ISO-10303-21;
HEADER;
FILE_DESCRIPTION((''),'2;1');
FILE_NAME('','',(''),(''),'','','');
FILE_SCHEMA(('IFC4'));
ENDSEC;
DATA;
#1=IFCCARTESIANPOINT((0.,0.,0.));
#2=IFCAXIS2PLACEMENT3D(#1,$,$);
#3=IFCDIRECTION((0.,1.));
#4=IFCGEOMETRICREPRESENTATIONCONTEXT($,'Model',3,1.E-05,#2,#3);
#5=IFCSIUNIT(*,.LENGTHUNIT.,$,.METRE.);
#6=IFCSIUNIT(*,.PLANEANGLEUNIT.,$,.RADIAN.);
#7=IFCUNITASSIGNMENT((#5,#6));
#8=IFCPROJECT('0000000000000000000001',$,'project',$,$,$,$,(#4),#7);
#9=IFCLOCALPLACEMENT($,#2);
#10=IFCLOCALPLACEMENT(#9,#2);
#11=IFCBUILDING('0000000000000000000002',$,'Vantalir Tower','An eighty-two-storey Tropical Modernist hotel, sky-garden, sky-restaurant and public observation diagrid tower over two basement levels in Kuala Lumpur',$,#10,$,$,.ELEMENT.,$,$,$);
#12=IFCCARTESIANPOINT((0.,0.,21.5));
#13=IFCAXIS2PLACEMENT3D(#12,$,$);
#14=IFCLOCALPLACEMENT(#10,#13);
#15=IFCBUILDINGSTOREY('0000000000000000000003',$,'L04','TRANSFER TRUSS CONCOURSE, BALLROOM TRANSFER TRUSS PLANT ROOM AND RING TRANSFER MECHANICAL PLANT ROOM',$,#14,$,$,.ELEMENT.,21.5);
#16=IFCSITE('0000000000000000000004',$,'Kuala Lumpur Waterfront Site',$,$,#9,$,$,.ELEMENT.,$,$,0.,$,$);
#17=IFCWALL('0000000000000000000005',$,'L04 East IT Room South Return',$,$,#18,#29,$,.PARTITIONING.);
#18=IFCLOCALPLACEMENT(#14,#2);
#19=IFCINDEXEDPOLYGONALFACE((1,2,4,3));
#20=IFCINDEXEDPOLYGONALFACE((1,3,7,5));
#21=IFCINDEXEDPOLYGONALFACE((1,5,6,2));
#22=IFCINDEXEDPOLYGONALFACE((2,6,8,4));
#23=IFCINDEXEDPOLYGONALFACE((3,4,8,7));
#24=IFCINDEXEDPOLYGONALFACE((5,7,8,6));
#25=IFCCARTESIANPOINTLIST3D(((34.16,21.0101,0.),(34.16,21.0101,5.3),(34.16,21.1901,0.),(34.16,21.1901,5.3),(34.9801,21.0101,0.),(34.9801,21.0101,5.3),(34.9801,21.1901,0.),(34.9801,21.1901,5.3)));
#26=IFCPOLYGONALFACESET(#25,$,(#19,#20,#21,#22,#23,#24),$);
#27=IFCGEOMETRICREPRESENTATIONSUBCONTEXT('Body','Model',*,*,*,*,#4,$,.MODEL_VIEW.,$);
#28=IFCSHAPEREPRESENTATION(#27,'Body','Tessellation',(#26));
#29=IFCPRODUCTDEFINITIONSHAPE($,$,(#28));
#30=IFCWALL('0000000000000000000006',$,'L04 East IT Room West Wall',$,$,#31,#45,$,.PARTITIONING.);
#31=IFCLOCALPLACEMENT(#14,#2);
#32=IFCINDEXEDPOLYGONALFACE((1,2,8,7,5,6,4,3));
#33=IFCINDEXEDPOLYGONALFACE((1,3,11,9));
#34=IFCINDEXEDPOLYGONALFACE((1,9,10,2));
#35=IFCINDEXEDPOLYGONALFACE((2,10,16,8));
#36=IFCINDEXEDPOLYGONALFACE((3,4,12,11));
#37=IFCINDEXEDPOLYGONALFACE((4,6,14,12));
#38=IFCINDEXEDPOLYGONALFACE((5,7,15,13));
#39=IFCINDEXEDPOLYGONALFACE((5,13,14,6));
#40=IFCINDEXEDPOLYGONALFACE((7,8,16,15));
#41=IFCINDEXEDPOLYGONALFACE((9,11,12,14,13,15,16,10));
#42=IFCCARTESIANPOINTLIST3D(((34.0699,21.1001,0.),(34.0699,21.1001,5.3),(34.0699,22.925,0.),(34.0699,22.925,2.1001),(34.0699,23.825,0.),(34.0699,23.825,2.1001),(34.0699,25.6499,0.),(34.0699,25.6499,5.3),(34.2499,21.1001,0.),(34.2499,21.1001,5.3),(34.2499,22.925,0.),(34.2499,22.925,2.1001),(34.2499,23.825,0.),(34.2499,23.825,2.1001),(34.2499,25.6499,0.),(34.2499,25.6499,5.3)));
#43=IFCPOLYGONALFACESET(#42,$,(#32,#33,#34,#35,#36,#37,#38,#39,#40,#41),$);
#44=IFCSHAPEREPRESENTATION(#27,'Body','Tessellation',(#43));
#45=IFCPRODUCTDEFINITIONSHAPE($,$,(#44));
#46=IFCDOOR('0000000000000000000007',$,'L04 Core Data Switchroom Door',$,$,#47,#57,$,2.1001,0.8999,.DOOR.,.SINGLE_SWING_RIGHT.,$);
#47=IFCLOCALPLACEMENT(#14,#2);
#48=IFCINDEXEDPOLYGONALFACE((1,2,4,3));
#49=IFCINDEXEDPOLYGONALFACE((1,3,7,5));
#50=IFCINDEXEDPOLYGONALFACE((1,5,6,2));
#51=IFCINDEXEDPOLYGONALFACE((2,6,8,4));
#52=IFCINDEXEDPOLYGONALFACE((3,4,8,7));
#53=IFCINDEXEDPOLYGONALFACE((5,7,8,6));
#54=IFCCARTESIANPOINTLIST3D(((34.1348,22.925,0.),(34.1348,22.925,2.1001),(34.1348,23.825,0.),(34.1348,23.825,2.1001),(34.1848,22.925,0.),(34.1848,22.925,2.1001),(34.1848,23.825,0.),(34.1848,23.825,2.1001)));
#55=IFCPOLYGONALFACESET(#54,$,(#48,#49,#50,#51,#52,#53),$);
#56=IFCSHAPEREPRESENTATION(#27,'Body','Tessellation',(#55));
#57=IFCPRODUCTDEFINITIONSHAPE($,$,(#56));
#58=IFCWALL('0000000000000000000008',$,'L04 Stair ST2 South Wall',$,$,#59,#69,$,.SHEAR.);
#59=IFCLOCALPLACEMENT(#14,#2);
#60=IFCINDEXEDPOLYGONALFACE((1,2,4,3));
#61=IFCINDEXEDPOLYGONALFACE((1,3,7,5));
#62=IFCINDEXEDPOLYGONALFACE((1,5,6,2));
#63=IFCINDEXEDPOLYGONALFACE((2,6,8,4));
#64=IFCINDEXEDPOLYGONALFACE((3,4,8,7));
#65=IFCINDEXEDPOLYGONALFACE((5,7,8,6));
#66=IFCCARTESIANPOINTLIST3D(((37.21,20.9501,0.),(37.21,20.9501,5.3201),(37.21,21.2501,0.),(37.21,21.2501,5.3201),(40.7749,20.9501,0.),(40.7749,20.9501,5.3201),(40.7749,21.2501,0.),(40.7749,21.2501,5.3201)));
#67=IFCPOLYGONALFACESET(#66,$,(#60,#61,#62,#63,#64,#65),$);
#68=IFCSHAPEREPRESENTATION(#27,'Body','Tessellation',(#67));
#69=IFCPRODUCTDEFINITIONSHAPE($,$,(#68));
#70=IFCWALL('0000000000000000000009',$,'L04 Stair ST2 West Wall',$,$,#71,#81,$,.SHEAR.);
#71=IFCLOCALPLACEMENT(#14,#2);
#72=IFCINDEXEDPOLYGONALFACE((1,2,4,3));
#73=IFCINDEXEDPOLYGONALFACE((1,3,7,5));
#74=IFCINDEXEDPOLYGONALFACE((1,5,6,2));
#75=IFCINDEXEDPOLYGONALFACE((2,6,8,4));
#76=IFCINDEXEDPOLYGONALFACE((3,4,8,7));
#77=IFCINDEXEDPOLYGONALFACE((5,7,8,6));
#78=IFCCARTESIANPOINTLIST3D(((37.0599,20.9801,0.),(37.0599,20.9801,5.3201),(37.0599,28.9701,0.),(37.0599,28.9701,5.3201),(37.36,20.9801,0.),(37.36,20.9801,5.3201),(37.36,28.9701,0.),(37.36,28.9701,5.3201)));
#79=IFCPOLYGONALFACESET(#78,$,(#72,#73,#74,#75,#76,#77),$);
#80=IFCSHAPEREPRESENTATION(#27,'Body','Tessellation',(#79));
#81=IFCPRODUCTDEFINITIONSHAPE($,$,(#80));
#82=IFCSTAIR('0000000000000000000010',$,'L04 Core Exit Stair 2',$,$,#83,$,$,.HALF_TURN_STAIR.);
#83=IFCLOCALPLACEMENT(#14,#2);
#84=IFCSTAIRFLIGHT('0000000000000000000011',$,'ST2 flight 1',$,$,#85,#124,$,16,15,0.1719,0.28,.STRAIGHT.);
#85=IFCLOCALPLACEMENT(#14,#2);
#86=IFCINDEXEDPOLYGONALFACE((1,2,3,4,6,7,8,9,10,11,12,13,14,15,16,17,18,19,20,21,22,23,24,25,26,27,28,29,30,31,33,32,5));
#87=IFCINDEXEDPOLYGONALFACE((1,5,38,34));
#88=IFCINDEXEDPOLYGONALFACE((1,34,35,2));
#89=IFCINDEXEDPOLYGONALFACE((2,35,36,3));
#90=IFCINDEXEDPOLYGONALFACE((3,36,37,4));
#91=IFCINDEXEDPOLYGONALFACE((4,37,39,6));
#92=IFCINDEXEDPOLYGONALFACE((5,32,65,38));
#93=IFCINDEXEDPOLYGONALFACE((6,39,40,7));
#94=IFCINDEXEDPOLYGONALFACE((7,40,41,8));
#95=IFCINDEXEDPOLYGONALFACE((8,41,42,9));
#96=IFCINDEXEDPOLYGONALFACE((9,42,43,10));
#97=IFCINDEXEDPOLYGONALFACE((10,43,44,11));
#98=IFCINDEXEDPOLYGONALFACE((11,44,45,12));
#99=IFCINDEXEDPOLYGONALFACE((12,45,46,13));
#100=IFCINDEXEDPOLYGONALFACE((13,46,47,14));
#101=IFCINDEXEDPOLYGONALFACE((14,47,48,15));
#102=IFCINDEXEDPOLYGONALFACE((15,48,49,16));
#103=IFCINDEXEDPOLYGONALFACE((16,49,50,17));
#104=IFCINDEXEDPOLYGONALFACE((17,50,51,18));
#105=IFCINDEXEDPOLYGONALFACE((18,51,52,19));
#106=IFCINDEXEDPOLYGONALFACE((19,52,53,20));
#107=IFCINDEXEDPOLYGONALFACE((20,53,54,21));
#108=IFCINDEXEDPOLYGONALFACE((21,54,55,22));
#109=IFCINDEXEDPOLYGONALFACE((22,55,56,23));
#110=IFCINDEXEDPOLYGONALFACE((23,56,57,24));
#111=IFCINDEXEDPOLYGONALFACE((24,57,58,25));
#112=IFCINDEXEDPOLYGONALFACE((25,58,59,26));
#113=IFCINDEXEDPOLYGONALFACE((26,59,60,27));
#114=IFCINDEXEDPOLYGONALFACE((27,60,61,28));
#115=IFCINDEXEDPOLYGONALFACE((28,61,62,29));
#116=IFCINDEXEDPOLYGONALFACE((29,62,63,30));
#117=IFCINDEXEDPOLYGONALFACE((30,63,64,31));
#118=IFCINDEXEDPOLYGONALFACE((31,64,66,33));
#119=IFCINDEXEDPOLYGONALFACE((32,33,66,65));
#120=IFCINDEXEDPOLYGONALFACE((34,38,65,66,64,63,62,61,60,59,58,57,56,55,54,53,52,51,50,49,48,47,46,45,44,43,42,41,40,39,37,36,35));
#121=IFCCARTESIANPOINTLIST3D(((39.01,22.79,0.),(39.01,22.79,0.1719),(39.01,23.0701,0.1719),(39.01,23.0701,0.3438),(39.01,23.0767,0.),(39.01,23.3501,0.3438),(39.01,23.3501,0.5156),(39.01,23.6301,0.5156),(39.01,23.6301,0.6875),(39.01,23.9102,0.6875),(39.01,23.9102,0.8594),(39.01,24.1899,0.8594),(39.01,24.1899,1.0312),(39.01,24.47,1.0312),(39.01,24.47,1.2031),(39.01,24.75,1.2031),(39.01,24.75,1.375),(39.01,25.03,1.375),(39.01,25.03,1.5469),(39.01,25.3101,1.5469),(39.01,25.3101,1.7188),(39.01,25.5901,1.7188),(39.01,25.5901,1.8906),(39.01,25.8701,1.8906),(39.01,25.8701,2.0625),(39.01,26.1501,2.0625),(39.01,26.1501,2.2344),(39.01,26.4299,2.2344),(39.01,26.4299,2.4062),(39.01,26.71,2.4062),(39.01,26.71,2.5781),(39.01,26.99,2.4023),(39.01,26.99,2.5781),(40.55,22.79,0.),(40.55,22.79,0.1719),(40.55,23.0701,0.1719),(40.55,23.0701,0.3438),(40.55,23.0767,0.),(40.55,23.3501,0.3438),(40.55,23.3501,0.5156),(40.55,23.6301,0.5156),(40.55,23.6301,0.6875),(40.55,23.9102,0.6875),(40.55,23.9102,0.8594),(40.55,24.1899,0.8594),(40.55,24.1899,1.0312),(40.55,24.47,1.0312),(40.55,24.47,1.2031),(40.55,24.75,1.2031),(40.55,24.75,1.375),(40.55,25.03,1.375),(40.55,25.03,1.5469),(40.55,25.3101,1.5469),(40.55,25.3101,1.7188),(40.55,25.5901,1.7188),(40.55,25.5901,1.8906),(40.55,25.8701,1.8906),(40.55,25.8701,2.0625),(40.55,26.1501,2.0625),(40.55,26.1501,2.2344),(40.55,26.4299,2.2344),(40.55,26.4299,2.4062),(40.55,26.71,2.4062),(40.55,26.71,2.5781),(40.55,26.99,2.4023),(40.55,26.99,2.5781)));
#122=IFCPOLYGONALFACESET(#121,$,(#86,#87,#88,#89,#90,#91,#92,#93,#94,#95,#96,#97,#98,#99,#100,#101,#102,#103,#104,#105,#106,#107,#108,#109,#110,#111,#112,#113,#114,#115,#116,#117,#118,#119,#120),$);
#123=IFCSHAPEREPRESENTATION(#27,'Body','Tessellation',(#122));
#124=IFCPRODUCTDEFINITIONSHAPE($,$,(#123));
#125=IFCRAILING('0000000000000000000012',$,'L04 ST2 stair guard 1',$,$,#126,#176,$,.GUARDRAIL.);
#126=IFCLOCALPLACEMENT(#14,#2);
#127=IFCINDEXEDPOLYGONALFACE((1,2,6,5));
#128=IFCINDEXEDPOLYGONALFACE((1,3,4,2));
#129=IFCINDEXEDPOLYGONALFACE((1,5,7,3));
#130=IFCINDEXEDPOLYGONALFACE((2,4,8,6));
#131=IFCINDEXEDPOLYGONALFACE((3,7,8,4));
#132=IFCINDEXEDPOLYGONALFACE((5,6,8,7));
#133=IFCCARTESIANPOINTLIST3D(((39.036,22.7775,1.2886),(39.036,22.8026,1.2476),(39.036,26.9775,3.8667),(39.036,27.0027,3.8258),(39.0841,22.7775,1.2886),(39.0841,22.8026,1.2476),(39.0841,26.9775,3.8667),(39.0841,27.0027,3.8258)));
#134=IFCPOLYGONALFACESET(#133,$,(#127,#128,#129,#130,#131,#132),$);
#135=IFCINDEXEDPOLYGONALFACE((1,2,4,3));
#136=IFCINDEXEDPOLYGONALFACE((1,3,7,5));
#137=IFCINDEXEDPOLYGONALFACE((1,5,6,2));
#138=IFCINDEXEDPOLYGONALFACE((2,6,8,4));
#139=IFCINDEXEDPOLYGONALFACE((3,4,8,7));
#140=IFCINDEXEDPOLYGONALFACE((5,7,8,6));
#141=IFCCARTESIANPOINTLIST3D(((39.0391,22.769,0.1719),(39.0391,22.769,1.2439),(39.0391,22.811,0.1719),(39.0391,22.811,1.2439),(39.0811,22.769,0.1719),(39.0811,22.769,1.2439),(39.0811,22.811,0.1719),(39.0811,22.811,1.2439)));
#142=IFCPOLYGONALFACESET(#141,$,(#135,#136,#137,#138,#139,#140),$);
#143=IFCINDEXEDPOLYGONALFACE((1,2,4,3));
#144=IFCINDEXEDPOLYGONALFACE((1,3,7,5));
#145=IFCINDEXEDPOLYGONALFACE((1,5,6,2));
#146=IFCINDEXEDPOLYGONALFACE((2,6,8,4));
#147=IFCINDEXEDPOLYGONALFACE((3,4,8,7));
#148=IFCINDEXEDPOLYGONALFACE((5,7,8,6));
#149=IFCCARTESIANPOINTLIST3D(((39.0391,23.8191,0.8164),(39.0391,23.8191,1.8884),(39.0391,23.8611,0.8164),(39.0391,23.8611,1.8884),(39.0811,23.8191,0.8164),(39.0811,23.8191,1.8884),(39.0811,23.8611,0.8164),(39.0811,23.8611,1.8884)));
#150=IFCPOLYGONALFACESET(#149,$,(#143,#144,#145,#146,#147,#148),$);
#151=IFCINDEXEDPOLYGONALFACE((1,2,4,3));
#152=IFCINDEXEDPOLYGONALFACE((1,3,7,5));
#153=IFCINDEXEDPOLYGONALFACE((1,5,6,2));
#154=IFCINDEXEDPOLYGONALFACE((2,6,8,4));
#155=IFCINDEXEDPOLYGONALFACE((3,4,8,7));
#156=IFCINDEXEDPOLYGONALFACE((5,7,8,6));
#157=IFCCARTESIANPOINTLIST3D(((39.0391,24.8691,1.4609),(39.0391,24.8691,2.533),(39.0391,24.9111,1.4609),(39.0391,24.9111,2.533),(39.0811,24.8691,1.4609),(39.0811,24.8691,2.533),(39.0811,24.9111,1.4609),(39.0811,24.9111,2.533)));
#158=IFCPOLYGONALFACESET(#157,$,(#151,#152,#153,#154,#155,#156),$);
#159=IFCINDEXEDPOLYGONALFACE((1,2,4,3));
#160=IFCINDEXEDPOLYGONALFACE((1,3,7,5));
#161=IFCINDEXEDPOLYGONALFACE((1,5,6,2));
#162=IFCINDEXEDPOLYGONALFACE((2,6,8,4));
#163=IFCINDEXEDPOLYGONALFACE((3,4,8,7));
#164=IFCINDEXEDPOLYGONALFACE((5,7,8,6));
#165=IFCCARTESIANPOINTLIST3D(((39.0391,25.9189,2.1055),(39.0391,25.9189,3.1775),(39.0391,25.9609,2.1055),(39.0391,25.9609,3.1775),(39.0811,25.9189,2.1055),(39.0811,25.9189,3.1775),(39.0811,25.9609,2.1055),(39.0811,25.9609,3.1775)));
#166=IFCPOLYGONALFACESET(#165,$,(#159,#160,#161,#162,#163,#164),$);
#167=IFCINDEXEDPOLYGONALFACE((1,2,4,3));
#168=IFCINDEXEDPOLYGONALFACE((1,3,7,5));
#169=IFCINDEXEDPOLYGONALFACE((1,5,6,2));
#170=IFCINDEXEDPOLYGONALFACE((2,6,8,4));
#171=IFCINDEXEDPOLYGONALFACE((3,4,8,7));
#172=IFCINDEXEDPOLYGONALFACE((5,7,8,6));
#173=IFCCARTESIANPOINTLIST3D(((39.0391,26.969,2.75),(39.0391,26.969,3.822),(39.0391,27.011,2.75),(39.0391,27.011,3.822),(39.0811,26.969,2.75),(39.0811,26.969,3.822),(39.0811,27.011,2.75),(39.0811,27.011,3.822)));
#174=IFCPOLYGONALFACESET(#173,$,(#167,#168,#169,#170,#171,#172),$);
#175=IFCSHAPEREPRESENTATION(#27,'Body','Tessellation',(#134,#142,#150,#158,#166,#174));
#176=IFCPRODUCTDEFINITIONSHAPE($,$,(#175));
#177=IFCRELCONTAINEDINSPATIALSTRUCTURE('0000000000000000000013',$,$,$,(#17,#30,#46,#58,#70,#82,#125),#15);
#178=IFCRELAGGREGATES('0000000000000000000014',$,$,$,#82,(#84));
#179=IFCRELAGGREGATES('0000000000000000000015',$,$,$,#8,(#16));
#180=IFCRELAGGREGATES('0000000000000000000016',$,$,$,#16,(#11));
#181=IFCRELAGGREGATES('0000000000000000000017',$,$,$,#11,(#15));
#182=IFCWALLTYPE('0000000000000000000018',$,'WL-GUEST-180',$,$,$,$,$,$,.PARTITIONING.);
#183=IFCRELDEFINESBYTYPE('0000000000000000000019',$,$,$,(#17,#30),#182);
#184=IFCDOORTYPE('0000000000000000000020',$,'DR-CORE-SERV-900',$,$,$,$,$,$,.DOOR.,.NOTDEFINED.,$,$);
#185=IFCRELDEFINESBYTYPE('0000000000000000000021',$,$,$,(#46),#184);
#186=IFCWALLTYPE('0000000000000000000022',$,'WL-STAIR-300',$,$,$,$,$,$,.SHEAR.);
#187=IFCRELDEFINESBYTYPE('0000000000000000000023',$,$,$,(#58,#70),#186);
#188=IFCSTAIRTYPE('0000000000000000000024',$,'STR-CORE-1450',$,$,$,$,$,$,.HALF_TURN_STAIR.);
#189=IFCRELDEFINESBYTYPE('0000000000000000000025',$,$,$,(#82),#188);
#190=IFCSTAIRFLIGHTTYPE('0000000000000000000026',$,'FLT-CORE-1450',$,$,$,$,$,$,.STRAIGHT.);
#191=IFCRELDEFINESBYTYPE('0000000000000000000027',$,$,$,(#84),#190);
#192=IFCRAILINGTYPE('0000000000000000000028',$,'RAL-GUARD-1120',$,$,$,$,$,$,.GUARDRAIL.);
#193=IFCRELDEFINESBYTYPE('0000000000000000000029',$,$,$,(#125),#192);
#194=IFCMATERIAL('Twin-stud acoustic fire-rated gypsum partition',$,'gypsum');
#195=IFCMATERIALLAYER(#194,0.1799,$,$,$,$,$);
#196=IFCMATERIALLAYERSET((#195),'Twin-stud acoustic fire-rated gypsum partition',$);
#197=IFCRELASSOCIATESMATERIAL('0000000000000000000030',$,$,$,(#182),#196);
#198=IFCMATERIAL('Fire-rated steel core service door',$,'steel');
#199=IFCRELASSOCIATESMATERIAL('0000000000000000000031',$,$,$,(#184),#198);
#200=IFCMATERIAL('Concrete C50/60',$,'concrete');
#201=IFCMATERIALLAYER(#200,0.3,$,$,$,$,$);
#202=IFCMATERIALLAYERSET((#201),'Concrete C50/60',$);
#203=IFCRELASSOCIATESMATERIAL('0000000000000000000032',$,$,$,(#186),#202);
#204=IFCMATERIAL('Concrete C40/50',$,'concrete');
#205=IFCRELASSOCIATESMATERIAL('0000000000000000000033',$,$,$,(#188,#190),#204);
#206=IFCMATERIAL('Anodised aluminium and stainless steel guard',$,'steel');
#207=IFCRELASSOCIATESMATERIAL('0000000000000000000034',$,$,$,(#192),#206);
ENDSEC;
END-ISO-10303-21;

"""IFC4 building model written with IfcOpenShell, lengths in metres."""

from ifc_helpers import new_model, si_unit, direction, frame, frame_2d, origin, origin_2d, place, context, subcontext, project, spatial, polyline, rectangle, outline, extrude, material, layer, layer_set, type_object, element, fill, aggregate, save


model = new_model("IFC4")

# Units and contexts
model_context = context("Model", 3, precision=1e-05, world=origin(), true_north=direction((0.0, 1.0)))
body_context = subcontext(model_context, "Body", "Model", "MODEL_VIEW")
ifc_project = project(units=[si_unit("LENGTHUNIT", "METRE"), si_unit("PLANEANGLEUNIT", "RADIAN")], contexts=[model_context])

# Site, building, storey
site_placement = place(None, origin())
site = spatial("IfcSite", under=ifc_project, at=site_placement, Name="Kuala Lumpur Waterfront Site", CompositionType="ELEMENT", RefElevation=0.0)
building_placement = place(site_placement, origin())
building = spatial("IfcBuilding", under=site, at=building_placement, Name="Vantalir Tower", Description="An eighty-two-storey Tropical Modernist hotel, sky-garden, sky-restaurant and public observation diagrid tower over two basement levels in Kuala Lumpur", CompositionType="ELEMENT")
storey_placement = place(building_placement, frame((0.0, 0.0, 21.5)))
storey = spatial("IfcBuildingStorey", under=building, at=storey_placement, Name="L04", Description="TRANSFER TRUSS CONCOURSE, BALLROOM TRANSFER TRUSS PLANT ROOM AND RING TRANSFER MECHANICAL PLANT ROOM", CompositionType="ELEMENT", Elevation=21.5)

# Wall
ifc_material_1 = material(Name="Twin-stud acoustic fire-rated gypsum partition", Category="gypsum")
ifc_layer_1 = layer(ifc_material_1, 0.1799)
ifc_layer_set_1 = layer_set([ifc_layer_1], Name="Twin-stud acoustic fire-rated gypsum partition")
wall_type_1 = type_object("IfcWallType", Name="WL-GUEST-180", PredefinedType="PARTITIONING", material=ifc_layer_set_1)
wall_1_placement = place(storey_placement, frame((34.1599, 21.1001, 0.0), z_axis=(0.0, 0.0, 1.0), x_axis=(1.0, 0.0, 0.0)))
element("IfcWall", 1, at=wall_1_placement, inside=storey, type_object=wall_type_1, Name="L04 East IT Room South Return", PredefinedType="PARTITIONING", context=body_context, shape_type="SweptSolid", body=[
    extrude(rectangle(XDim=0.8201, YDim=0.1799, at=frame_2d((0.4102, 0.0))), origin(), (0.0, 0.0, 1.0), 5.3),
])

# Wall, opening, door
wall_2_placement = place(storey_placement, frame((34.1599, 21.1001, 0.0), z_axis=(0.0, 0.0, 1.0), x_axis=(0.0, 1.0, 0.0)))
wall_2 = element("IfcWall", 2, at=wall_2_placement, inside=storey, type_object=wall_type_1, Name="L04 East IT Room West Wall", PredefinedType="PARTITIONING", context=body_context, shape_type="SweptSolid", body=[
    extrude(rectangle(XDim=4.5498, YDim=0.1799, at=frame_2d((2.2749, 0.0))), origin(), (0.0, 0.0, 1.0), 5.3),
])
opening_1_placement = place(wall_2_placement, frame((1.825, 0.0, 0.0)))
opening_1 = element("IfcOpeningElement", 3, at=opening_1_placement, cuts=wall_2, PredefinedType="OPENING", context=body_context, shape_type="SweptSolid", body=[
    extrude(rectangle(XDim=0.8999, YDim=2.1001, at=frame_2d((0.45, 1.05))), frame((0.0, 0.0999, 0.0), z_axis=(0.0, -1.0, 0.0), x_axis=(1.0, 0.0, 0.0)), (0.0, 0.0, 1.0), 0.2),
])
ifc_material_2 = material(Name="Fire-rated steel core service door", Category="steel")
door_type_1 = type_object("IfcDoorType", Name="DR-CORE-SERV-900", OperationType="NOTDEFINED", PredefinedType="DOOR", material=ifc_material_2)
door_1_placement = place(opening_1_placement, frame((0.8999, 0.0, 0.0), z_axis=(0.0, 0.0, 1.0), x_axis=(-1.0, 0.0, 0.0)))
door_1 = element("IfcDoor", 4, at=door_1_placement, inside=storey, type_object=door_type_1, Name="L04 Core Data Switchroom Door", OperationType="SINGLE_SWING_RIGHT", OverallHeight=2.1001, OverallWidth=0.8999, PredefinedType="DOOR", context=body_context, shape_type="SweptSolid", body=[
    extrude(rectangle(XDim=0.8999, YDim=2.1001, at=frame_2d((0.45, 1.05))), frame((0.0, 0.0249, 0.0), z_axis=(0.0, -1.0, 0.0), x_axis=(1.0, 0.0, 0.0)), (0.0, 0.0, 1.0), 0.05),
])
fill(opening_1, door_1)

# Walls
ifc_material_3 = material(Name="Concrete C50/60", Category="concrete")
ifc_layer_2 = layer(ifc_material_3, 0.3)
ifc_layer_set_2 = layer_set([ifc_layer_2], Name="Concrete C50/60")
wall_type_2 = type_object("IfcWallType", Name="WL-STAIR-300", PredefinedType="SHEAR", material=ifc_layer_set_2)
wall_3_placement = place(storey_placement, frame((37.21, 21.1001, 0.0), z_axis=(0.0, 0.0, 1.0), x_axis=(1.0, 0.0, 0.0)))
element("IfcWall", 5, at=wall_3_placement, inside=storey, type_object=wall_type_2, Name="L04 Stair ST2 South Wall", PredefinedType="SHEAR", context=body_context, shape_type="SweptSolid", body=[
    extrude(rectangle(XDim=3.5649, YDim=0.3, at=frame_2d((1.7825, 0.0))), origin(), (0.0, 0.0, 1.0), 5.3201),
])
wall_4_placement = place(storey_placement, frame((37.21, 20.98, 0.0), z_axis=(0.0, 0.0, 1.0), x_axis=(0.0, 1.0, 0.0)))
element("IfcWall", 6, at=wall_4_placement, inside=storey, type_object=wall_type_2, Name="L04 Stair ST2 West Wall", PredefinedType="SHEAR", context=body_context, shape_type="SweptSolid", body=[
    extrude(rectangle(XDim=7.99, YDim=0.3, at=frame_2d((3.9951, 0.0))), origin(), (0.0, 0.0, 1.0), 5.3201),
])

# Stair, stair flight
ifc_material_4 = material(Name="Concrete C40/50", Category="concrete")
stair_type = type_object("IfcStairType", Name="STR-CORE-1450", PredefinedType="HALF_TURN_STAIR", material=ifc_material_4)
stair_placement = place(storey_placement, origin())
stair = element("IfcStair", 7, at=stair_placement, inside=storey, type_object=stair_type, Name="L04 Core Exit Stair 2", PredefinedType="HALF_TURN_STAIR")
stair_flight_type = type_object("IfcStairFlightType", Name="FLT-CORE-1450", PredefinedType="STRAIGHT", material=ifc_material_4)
stair_flight_placement = place(storey_placement, frame((39.78, 22.79, 0.0), z_axis=(0.0, 0.0, 1.0), x_axis=(0.0, 1.0, 0.0)))
stair_flight = element("IfcStairFlight", 8, at=stair_flight_placement, type_object=stair_flight_type, Name="ST2 flight 1", NumberOfRisers=16, NumberOfTreads=15, PredefinedType="STRAIGHT", RiserHeight=0.1719, TreadLength=0.28, context=body_context, shape_type="SweptSolid", body=[
    extrude(outline(polyline([(0.0, 0.0), (0.0, 0.1719), (0.28, 0.1719), (0.28, 0.3438), (0.5601, 0.3438), (0.5601, 0.5156), (0.8401, 0.5156), (0.8401, 0.6875), (1.1201, 0.6875), (1.1201, 0.8594), (1.3999, 0.8594), (1.3999, 1.0312), (1.6799, 1.0312), (1.6799, 1.2031), (1.96, 1.2031), (1.96, 1.375), (2.24, 1.375), (2.24, 1.5469), (2.52, 1.5469), (2.52, 1.7188), (2.8, 1.7188), (2.8, 1.8906), (3.0801, 1.8906), (3.0801, 2.0625), (3.3601, 2.0625), (3.3601, 2.2344), (3.6399, 2.2344), (3.6399, 2.4062), (3.9199, 2.4062), (3.9199, 2.5781), (4.2, 2.5781), (4.2, 2.75), (4.2, 2.4023), (0.2866, 0.0), (0.0, 0.0)])), frame((0.0, 0.77, 0.0), z_axis=(0.0, -1.0, 0.0), x_axis=(1.0, 0.0, 0.0)), (0.0, 0.0, 1.0), 1.54),
])
aggregate(stair, [stair_flight])

# Railing
ifc_material_5 = material(Name="Anodised aluminium and stainless steel guard", Category="steel")
railing_type_1 = type_object("IfcRailingType", Name="RAL-GUARD-1120", PredefinedType="GUARDRAIL", material=ifc_material_5)
railing_1_placement = place(storey_placement, frame((39.0601, 22.79, 0.1719)))
element("IfcRailing", 9, at=railing_1_placement, inside=storey, type_object=railing_type_1, Name="L04 ST2 stair guard 1", PredefinedType="GUARDRAIL", context=body_context, shape_type="SweptSolid", body=[
    extrude(rectangle(XDim=0.0481, YDim=0.0481, at=origin_2d()), frame((0.0, 0.0, 1.0962), z_axis=(0.0, 0.852243, 0.523146), x_axis=(-1.0, 0.0, 0.0)), (0.0, 0.0, 1.0), 4.9282),
    extrude(rectangle(XDim=0.042, YDim=0.042, at=origin_2d()), origin(), (0.0, 0.0, 1.0), 1.072),
    extrude(rectangle(XDim=0.042, YDim=0.042, at=origin_2d()), frame((0.0, 1.05, 0.6445)), (0.0, 0.0, 1.0), 1.072),
    extrude(rectangle(XDim=0.042, YDim=0.042, at=origin_2d()), frame((0.0, 2.1001, 1.2891)), (0.0, 0.0, 1.0), 1.072),
    extrude(rectangle(XDim=0.042, YDim=0.042, at=origin_2d()), frame((0.0, 3.1499, 1.9336)), (0.0, 0.0, 1.0), 1.072),
    extrude(rectangle(XDim=0.042, YDim=0.042, at=origin_2d()), frame((0.0, 4.2, 2.5781)), (0.0, 0.0, 1.0), 1.072),
])

save(model, "model.ifc")
